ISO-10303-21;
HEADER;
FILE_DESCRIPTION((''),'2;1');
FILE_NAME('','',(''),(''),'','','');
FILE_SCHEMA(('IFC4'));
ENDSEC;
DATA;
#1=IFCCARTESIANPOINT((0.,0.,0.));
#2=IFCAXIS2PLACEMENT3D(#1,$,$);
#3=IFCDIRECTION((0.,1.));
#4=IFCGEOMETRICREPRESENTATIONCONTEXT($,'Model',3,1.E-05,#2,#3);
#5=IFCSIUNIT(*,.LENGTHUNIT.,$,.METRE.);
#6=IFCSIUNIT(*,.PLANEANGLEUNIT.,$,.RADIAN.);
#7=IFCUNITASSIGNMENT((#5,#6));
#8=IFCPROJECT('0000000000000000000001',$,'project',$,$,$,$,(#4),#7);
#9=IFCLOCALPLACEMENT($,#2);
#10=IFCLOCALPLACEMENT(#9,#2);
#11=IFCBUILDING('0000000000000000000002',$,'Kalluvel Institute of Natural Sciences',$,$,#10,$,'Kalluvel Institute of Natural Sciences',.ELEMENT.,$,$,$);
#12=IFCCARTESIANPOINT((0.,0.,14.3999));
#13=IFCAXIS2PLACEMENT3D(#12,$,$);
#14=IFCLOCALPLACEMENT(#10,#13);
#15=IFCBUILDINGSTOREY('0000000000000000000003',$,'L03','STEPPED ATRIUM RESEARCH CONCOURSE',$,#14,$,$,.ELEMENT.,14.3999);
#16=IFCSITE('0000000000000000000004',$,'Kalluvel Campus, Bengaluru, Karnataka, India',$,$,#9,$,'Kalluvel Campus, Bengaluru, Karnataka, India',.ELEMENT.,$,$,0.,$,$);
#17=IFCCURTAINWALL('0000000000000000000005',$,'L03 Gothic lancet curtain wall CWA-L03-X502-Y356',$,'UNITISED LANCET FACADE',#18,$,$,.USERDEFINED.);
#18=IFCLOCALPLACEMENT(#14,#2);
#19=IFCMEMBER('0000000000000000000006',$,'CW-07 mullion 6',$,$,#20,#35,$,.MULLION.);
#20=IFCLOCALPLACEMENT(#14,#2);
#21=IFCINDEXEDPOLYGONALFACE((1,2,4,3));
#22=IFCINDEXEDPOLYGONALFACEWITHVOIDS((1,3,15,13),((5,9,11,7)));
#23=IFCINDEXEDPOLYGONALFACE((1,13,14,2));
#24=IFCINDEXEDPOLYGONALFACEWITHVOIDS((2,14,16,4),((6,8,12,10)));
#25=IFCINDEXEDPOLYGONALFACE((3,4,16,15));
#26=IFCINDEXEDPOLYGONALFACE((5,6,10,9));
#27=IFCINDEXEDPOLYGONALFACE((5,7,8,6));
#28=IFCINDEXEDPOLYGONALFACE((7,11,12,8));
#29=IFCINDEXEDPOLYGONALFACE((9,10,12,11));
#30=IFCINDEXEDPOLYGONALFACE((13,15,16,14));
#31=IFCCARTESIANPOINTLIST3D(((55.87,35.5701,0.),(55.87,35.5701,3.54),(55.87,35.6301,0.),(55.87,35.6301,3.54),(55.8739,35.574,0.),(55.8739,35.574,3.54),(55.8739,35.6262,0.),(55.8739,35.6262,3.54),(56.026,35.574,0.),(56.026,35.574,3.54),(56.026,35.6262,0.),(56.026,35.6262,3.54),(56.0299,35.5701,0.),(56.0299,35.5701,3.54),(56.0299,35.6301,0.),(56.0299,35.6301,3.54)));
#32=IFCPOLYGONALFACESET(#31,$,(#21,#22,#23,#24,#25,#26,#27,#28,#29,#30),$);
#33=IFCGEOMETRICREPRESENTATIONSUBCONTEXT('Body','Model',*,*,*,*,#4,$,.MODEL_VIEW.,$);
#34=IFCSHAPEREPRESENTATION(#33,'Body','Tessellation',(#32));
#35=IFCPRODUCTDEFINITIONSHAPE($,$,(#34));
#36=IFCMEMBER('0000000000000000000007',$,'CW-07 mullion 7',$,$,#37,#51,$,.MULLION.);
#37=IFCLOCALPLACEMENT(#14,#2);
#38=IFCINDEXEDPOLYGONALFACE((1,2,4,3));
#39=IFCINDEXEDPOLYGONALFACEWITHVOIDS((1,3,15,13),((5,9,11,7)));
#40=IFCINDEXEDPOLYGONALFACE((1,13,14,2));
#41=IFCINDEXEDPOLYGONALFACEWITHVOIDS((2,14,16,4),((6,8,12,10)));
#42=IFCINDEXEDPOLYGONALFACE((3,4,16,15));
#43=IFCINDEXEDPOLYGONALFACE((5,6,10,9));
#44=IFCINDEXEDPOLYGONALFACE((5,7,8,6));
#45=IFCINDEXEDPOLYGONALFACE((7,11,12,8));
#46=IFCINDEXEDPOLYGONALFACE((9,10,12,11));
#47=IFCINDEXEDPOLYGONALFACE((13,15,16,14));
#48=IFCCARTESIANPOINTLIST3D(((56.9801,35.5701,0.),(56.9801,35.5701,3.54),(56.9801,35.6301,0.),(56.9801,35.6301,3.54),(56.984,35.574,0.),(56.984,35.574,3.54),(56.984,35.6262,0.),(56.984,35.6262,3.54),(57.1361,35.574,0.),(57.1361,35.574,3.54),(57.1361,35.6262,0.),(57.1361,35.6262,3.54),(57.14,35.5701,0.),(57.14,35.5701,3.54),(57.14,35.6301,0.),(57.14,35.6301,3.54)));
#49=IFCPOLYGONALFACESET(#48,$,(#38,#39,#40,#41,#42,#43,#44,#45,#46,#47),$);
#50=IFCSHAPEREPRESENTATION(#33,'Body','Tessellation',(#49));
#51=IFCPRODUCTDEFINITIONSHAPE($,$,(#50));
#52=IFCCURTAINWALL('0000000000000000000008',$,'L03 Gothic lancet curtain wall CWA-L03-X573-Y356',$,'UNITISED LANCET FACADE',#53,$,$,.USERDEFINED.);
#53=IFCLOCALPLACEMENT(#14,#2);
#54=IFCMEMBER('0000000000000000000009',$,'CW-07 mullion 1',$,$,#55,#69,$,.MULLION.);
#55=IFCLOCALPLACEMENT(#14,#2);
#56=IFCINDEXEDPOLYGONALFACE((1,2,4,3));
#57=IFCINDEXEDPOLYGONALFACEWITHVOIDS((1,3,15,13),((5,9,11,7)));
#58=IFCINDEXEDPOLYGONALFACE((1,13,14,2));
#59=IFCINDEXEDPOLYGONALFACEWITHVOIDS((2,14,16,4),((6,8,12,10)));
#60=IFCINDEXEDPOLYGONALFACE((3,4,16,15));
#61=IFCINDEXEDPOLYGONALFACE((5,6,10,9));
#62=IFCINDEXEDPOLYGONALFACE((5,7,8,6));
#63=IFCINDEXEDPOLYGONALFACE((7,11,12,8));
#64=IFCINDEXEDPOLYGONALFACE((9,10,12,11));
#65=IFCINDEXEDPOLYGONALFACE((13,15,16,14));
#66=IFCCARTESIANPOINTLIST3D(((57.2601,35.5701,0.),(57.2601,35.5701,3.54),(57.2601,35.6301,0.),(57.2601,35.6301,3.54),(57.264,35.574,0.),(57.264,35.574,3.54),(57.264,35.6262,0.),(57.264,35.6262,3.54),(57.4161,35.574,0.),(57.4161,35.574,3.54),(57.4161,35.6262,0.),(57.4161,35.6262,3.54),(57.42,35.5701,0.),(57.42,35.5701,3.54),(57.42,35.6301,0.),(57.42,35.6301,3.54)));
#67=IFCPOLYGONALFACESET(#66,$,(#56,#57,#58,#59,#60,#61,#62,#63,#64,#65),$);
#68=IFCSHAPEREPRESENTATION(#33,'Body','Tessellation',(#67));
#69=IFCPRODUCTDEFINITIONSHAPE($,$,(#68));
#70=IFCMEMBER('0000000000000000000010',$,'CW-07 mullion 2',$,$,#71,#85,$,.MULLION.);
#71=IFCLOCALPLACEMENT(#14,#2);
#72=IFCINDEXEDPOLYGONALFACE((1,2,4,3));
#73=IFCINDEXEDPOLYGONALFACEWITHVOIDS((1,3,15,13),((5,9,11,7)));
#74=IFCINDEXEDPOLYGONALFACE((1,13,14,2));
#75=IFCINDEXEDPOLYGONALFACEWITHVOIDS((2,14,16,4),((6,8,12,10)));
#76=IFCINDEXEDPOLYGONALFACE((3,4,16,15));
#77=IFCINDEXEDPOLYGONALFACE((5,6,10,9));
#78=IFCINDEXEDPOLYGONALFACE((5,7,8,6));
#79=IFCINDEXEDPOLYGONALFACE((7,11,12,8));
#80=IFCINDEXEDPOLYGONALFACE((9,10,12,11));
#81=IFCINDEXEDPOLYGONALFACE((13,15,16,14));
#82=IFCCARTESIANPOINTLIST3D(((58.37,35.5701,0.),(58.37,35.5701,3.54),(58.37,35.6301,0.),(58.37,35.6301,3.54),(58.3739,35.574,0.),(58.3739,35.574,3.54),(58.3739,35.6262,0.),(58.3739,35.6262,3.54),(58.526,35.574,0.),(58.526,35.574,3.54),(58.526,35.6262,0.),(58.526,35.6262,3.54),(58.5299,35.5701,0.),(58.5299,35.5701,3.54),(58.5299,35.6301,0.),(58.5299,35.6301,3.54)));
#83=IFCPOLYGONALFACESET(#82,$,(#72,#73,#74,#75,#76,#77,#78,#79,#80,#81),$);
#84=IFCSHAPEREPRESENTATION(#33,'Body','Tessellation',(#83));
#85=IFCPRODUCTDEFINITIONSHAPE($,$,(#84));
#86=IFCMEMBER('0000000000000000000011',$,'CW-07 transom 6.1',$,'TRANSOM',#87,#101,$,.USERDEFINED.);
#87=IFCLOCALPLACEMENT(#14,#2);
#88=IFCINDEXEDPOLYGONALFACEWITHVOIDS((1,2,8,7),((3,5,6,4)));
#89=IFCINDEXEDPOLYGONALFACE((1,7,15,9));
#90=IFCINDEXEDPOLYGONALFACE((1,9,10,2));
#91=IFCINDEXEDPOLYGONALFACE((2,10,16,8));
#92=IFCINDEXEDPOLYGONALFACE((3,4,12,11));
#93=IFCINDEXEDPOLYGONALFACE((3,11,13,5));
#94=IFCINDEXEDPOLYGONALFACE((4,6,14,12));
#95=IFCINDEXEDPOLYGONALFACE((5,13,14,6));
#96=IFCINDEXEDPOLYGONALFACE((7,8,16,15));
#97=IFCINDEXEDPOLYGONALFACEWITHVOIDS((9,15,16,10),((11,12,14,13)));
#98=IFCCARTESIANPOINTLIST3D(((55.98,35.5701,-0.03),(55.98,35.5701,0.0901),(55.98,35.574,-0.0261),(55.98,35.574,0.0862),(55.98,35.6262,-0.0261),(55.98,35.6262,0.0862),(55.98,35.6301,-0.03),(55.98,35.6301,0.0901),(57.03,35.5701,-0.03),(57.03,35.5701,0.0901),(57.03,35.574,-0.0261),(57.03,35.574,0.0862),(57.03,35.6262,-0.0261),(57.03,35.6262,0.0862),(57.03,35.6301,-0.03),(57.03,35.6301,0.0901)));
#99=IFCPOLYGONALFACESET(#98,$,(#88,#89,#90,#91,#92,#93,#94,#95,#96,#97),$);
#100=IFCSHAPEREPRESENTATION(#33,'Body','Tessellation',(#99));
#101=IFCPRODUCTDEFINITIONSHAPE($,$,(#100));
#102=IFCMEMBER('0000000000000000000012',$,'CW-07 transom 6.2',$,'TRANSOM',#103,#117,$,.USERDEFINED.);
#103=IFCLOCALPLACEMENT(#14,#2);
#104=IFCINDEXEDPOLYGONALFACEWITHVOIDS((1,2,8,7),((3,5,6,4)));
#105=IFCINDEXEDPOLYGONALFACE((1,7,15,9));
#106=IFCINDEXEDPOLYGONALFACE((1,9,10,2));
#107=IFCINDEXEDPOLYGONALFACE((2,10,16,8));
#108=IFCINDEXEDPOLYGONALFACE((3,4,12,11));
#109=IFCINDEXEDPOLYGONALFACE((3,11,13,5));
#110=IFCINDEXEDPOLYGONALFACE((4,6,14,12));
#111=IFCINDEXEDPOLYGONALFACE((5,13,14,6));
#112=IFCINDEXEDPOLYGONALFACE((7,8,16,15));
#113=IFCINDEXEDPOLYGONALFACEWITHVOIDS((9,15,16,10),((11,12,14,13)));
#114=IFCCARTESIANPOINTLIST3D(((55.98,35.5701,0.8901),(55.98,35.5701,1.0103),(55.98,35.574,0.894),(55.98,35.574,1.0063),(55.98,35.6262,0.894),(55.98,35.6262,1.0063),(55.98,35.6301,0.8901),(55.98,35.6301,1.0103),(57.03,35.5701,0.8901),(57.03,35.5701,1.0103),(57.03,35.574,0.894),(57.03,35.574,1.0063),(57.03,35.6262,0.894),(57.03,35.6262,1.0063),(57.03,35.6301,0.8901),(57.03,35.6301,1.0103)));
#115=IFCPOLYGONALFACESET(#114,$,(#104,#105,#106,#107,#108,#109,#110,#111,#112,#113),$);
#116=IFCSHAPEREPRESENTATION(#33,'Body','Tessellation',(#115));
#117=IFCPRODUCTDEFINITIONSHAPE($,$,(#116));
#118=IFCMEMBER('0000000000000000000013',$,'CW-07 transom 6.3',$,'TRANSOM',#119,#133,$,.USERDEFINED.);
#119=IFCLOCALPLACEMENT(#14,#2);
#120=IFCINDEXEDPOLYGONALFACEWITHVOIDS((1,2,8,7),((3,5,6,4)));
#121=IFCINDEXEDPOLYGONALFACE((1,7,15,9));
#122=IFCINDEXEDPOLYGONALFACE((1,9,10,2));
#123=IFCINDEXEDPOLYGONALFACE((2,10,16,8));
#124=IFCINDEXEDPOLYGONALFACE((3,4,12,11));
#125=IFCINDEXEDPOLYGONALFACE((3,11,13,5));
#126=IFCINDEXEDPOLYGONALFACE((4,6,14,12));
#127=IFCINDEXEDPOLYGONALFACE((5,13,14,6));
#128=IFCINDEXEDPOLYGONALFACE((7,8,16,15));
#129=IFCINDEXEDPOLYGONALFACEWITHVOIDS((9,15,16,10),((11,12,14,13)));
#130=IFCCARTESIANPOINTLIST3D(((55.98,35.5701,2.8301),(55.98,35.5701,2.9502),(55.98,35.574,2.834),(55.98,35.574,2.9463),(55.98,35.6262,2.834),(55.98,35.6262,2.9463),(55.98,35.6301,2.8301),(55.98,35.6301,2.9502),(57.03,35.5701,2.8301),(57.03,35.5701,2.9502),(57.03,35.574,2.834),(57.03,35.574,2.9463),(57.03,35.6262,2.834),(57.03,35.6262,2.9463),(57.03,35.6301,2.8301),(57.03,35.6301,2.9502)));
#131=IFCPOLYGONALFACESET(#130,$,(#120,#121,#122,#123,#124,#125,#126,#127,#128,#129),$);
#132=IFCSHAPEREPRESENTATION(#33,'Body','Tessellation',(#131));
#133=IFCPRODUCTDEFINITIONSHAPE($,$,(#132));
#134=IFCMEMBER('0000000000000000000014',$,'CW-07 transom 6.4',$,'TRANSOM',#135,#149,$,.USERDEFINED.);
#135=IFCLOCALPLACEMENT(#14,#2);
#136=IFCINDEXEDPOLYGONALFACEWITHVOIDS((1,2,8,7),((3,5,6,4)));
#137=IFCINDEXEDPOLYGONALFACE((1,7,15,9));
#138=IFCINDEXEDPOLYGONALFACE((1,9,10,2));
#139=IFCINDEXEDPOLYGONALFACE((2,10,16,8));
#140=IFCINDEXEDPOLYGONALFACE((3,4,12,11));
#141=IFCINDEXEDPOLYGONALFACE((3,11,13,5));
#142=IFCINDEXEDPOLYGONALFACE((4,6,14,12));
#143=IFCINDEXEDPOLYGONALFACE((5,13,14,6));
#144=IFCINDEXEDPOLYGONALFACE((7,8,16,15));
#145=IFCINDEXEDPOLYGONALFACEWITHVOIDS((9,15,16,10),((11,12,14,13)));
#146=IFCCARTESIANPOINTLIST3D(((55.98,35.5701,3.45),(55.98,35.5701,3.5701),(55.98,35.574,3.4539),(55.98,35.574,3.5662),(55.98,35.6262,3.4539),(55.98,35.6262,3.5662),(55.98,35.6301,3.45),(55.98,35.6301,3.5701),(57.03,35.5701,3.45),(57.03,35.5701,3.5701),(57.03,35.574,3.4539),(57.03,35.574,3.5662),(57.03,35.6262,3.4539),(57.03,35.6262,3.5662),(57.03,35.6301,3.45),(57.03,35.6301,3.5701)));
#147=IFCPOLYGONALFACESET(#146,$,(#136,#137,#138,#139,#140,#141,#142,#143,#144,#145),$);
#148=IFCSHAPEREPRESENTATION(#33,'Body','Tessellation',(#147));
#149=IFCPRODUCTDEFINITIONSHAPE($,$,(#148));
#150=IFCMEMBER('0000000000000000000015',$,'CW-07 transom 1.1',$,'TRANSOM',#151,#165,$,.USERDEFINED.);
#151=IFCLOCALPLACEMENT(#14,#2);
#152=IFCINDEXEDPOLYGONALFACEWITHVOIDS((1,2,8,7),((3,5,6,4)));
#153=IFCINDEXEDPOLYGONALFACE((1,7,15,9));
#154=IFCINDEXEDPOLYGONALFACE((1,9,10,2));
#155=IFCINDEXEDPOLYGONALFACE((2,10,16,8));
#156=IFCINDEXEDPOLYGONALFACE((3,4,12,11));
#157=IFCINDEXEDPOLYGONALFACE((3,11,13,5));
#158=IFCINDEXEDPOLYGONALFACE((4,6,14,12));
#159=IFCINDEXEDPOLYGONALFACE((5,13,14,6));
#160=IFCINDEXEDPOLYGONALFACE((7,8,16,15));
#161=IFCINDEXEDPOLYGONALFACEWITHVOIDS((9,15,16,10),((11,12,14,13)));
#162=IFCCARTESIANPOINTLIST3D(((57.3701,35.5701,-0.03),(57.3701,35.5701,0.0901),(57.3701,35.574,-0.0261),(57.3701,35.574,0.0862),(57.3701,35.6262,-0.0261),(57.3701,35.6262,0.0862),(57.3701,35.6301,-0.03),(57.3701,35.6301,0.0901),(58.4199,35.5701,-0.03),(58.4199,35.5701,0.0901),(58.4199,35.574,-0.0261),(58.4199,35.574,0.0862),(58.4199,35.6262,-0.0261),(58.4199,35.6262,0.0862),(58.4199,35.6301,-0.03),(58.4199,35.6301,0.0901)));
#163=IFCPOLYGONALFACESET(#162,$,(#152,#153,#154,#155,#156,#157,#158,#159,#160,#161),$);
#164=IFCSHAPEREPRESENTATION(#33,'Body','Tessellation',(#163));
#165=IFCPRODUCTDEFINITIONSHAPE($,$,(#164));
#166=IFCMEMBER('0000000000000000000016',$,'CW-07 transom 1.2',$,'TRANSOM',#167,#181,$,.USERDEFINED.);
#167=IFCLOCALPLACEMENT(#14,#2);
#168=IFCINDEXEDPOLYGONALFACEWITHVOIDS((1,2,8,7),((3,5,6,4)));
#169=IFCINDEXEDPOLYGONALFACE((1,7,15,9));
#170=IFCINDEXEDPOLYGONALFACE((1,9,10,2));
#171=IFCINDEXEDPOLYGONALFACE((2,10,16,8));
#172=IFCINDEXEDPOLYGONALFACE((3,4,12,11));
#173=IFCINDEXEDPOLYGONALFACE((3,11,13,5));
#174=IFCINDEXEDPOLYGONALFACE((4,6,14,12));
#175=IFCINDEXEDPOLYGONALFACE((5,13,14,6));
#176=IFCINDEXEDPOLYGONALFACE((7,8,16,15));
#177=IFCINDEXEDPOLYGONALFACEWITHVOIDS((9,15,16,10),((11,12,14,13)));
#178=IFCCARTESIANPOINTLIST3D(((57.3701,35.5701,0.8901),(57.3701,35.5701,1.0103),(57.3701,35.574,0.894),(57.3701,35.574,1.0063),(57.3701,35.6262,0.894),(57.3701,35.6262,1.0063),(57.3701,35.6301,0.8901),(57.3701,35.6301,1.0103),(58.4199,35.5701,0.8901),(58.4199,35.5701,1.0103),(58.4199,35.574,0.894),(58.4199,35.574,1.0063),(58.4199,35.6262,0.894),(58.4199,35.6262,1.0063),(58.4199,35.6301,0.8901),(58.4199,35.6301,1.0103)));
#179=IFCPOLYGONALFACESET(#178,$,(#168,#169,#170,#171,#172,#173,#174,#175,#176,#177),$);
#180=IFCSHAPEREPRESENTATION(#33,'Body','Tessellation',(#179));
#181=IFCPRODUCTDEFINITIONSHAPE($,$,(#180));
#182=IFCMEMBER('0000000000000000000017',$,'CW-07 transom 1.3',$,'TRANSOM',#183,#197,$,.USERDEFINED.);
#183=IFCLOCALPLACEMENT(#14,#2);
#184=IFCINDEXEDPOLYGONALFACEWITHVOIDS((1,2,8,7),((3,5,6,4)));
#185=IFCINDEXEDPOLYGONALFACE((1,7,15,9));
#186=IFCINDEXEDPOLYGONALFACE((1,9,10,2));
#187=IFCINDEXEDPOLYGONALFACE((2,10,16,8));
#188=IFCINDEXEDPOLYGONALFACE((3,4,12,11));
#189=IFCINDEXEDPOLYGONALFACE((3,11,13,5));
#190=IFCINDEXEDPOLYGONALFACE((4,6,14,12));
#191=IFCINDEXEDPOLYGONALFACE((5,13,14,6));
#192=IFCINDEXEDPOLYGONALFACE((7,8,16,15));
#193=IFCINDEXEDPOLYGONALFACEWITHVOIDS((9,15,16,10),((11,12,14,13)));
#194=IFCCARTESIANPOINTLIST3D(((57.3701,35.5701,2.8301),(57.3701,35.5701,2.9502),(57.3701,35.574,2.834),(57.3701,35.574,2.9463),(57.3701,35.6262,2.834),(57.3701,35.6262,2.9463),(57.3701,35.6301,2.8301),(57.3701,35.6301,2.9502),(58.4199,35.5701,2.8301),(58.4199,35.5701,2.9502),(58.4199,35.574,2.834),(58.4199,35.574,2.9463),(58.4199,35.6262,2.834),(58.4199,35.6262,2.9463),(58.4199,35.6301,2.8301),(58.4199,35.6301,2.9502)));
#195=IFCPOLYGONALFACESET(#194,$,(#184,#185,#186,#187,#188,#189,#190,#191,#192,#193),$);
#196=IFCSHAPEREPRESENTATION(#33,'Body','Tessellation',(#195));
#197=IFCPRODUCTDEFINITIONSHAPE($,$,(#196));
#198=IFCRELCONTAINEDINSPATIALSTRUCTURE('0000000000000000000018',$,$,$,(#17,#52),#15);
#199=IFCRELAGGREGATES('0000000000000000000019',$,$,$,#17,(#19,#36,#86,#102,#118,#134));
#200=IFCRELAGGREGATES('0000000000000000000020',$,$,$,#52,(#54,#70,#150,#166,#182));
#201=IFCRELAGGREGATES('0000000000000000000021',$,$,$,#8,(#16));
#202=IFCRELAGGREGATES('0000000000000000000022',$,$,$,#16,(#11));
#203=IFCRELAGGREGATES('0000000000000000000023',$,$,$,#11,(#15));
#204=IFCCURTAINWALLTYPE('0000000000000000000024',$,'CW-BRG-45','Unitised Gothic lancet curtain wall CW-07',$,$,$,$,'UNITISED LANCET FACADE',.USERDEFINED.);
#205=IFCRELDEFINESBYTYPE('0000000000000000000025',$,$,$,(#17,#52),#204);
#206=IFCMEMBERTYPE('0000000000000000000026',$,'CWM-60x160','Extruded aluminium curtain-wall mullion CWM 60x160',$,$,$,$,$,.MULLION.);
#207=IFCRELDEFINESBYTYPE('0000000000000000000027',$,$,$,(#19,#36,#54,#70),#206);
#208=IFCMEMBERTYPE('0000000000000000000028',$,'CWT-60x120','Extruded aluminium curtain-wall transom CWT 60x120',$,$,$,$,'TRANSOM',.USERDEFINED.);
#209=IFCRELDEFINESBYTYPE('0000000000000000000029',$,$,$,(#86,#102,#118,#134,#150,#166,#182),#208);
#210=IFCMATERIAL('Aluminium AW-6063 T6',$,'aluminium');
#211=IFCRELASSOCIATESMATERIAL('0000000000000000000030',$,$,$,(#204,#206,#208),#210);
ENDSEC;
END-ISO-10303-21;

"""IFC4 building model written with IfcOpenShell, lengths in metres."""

from ifc_helpers import new_model, si_unit, direction, frame, origin, origin_2d, place, context, subcontext, project, spatial, hollow_rectangle, extrude, material, material_profile, profile_set, type_object, element, aggregate, save


model = new_model("IFC4")

# Units and contexts
model_context = context("Model", 3, precision=1e-05, world=origin(), true_north=direction((0.0, 1.0)))
body_context = subcontext(model_context, "Body", "Model", "MODEL_VIEW")
ifc_project = project(units=[si_unit("LENGTHUNIT", "METRE"), si_unit("PLANEANGLEUNIT", "RADIAN")], contexts=[model_context])

# Site, building, storey
site_placement = place(None, origin())
site = spatial("IfcSite", under=ifc_project, at=site_placement, Name="Kalluvel Campus, Bengaluru, Karnataka, India", LongName="Kalluvel Campus, Bengaluru, Karnataka, India", CompositionType="ELEMENT", RefElevation=0.0)
building_placement = place(site_placement, origin())
building = spatial("IfcBuilding", under=site, at=building_placement, Name="Kalluvel Institute of Natural Sciences", LongName="Kalluvel Institute of Natural Sciences", CompositionType="ELEMENT")
storey_placement = place(building_placement, frame((0.0, 0.0, 14.3999)))
storey = spatial("IfcBuildingStorey", under=building, at=storey_placement, Name="L03", Description="STEPPED ATRIUM RESEARCH CONCOURSE", CompositionType="ELEMENT", Elevation=14.3999)

# Curtain walls, members
ifc_material_1 = material(Name="Aluminium AW-6063 T6", Category="aluminium")
curtain_wall_type = type_object("IfcCurtainWallType", Name="CW-BRG-45", Description="Unitised Gothic lancet curtain wall CW-07", ElementType="UNITISED LANCET FACADE", PredefinedType="USERDEFINED", material=ifc_material_1)
curtain_wall_1_placement = place(storey_placement, origin())
curtain_wall_1 = element("IfcCurtainWall", 1, at=curtain_wall_1_placement, inside=storey, type_object=curtain_wall_type, Name="L03 Gothic lancet curtain wall CWA-L03-X502-Y356", ObjectType="UNITISED LANCET FACADE", PredefinedType="USERDEFINED")
ifc_material_profile_1 = material_profile(ifc_material_1, hollow_rectangle(XDim=0.0601, YDim=0.1599, WallThickness=0.0039, at=origin_2d()), Name="CWM 60x160")
ifc_profile_set_1 = profile_set([ifc_material_profile_1], Name="Aluminium AW-6063 T6")
member_type_1 = type_object("IfcMemberType", Name="CWM-60x160", Description="Extruded aluminium curtain-wall mullion CWM 60x160", PredefinedType="MULLION", material=ifc_profile_set_1)
member_1_placement = place(storey_placement, frame((55.95, 35.6001, 0.0), z_axis=(0.0, 0.0, 1.0), x_axis=(0.0, 1.0, 0.0)))
member_1 = element("IfcMember", 2, at=member_1_placement, type_object=member_type_1, Name="CW-07 mullion 6", PredefinedType="MULLION", context=body_context, shape_type="SweptSolid", body=[
    extrude(hollow_rectangle(XDim=0.0601, YDim=0.1599, WallThickness=0.0039, at=origin_2d()), origin(), (0.0, 0.0, 1.0), 3.54),
])
member_2_placement = place(storey_placement, frame((57.0601, 35.6001, 0.0), z_axis=(0.0, 0.0, 1.0), x_axis=(0.0, 1.0, 0.0)))
member_2 = element("IfcMember", 3, at=member_2_placement, type_object=member_type_1, Name="CW-07 mullion 7", PredefinedType="MULLION", context=body_context, shape_type="SweptSolid", body=[
    extrude(hollow_rectangle(XDim=0.0601, YDim=0.1599, WallThickness=0.0039, at=origin_2d()), origin(), (0.0, 0.0, 1.0), 3.54),
])
curtain_wall_2_placement = place(storey_placement, origin())
curtain_wall_2 = element("IfcCurtainWall", 4, at=curtain_wall_2_placement, inside=storey, type_object=curtain_wall_type, Name="L03 Gothic lancet curtain wall CWA-L03-X573-Y356", ObjectType="UNITISED LANCET FACADE", PredefinedType="USERDEFINED")
member_3_placement = place(storey_placement, frame((57.3401, 35.6001, 0.0), z_axis=(0.0, 0.0, 1.0), x_axis=(0.0, 1.0, 0.0)))
member_3 = element("IfcMember", 5, at=member_3_placement, type_object=member_type_1, Name="CW-07 mullion 1", PredefinedType="MULLION", context=body_context, shape_type="SweptSolid", body=[
    extrude(hollow_rectangle(XDim=0.0601, YDim=0.1599, WallThickness=0.0039, at=origin_2d()), origin(), (0.0, 0.0, 1.0), 3.54),
])
member_4_placement = place(storey_placement, frame((58.45, 35.6001, 0.0), z_axis=(0.0, 0.0, 1.0), x_axis=(0.0, 1.0, 0.0)))
member_4 = element("IfcMember", 6, at=member_4_placement, type_object=member_type_1, Name="CW-07 mullion 2", PredefinedType="MULLION", context=body_context, shape_type="SweptSolid", body=[
    extrude(hollow_rectangle(XDim=0.0601, YDim=0.1599, WallThickness=0.0039, at=origin_2d()), origin(), (0.0, 0.0, 1.0), 3.54),
])

# Members
ifc_material_profile_2 = material_profile(ifc_material_1, hollow_rectangle(XDim=0.0601, YDim=0.1201, WallThickness=0.0039, at=origin_2d()), Name="CWT 60x120")
ifc_profile_set_2 = profile_set([ifc_material_profile_2], Name="Aluminium AW-6063 T6")
member_type_2 = type_object("IfcMemberType", Name="CWT-60x120", Description="Extruded aluminium curtain-wall transom CWT 60x120", ElementType="TRANSOM", PredefinedType="USERDEFINED", material=ifc_profile_set_2)
member_5_placement = place(storey_placement, frame((55.98, 35.6001, 0.03), z_axis=(1.0, 0.0, 0.0), x_axis=(0.0, 1.0, 0.0)))
member_5 = element("IfcMember", 7, at=member_5_placement, type_object=member_type_2, Name="CW-07 transom 6.1", ObjectType="TRANSOM", PredefinedType="USERDEFINED", context=body_context, shape_type="SweptSolid", body=[
    extrude(hollow_rectangle(XDim=0.0601, YDim=0.1201, WallThickness=0.0039, at=origin_2d()), origin(), (0.0, 0.0, 1.0), 1.05),
])
member_6_placement = place(storey_placement, frame((55.98, 35.6001, 0.9502), z_axis=(1.0, 0.0, 0.0), x_axis=(0.0, 1.0, 0.0)))
member_6 = element("IfcMember", 8, at=member_6_placement, type_object=member_type_2, Name="CW-07 transom 6.2", ObjectType="TRANSOM", PredefinedType="USERDEFINED", context=body_context, shape_type="SweptSolid", body=[
    extrude(hollow_rectangle(XDim=0.0601, YDim=0.1201, WallThickness=0.0039, at=origin_2d()), origin(), (0.0, 0.0, 1.0), 1.05),
])
member_7_placement = place(storey_placement, frame((55.98, 35.6001, 2.8901), z_axis=(1.0, 0.0, 0.0), x_axis=(0.0, 1.0, 0.0)))
member_7 = element("IfcMember", 9, at=member_7_placement, type_object=member_type_2, Name="CW-07 transom 6.3", ObjectType="TRANSOM", PredefinedType="USERDEFINED", context=body_context, shape_type="SweptSolid", body=[
    extrude(hollow_rectangle(XDim=0.0601, YDim=0.1201, WallThickness=0.0039, at=origin_2d()), origin(), (0.0, 0.0, 1.0), 1.05),
])
member_8_placement = place(storey_placement, frame((55.98, 35.6001, 3.51), z_axis=(1.0, 0.0, 0.0), x_axis=(0.0, 1.0, 0.0)))
member_8 = element("IfcMember", 10, at=member_8_placement, type_object=member_type_2, Name="CW-07 transom 6.4", ObjectType="TRANSOM", PredefinedType="USERDEFINED", context=body_context, shape_type="SweptSolid", body=[
    extrude(hollow_rectangle(XDim=0.0601, YDim=0.1201, WallThickness=0.0039, at=origin_2d()), origin(), (0.0, 0.0, 1.0), 1.05),
])
member_9_placement = place(storey_placement, frame((57.3701, 35.6001, 0.03), z_axis=(1.0, 0.0, 0.0), x_axis=(0.0, 1.0, 0.0)))
member_9 = element("IfcMember", 11, at=member_9_placement, type_object=member_type_2, Name="CW-07 transom 1.1", ObjectType="TRANSOM", PredefinedType="USERDEFINED", context=body_context, shape_type="SweptSolid", body=[
    extrude(hollow_rectangle(XDim=0.0601, YDim=0.1201, WallThickness=0.0039, at=origin_2d()), origin(), (0.0, 0.0, 1.0), 1.0498),
])
member_10_placement = place(storey_placement, frame((57.3701, 35.6001, 0.9502), z_axis=(1.0, 0.0, 0.0), x_axis=(0.0, 1.0, 0.0)))
member_10 = element("IfcMember", 12, at=member_10_placement, type_object=member_type_2, Name="CW-07 transom 1.2", ObjectType="TRANSOM", PredefinedType="USERDEFINED", context=body_context, shape_type="SweptSolid", body=[
    extrude(hollow_rectangle(XDim=0.0601, YDim=0.1201, WallThickness=0.0039, at=origin_2d()), origin(), (0.0, 0.0, 1.0), 1.0498),
])
member_11_placement = place(storey_placement, frame((57.3701, 35.6001, 2.8901), z_axis=(1.0, 0.0, 0.0), x_axis=(0.0, 1.0, 0.0)))
member_11 = element("IfcMember", 13, at=member_11_placement, type_object=member_type_2, Name="CW-07 transom 1.3", ObjectType="TRANSOM", PredefinedType="USERDEFINED", context=body_context, shape_type="SweptSolid", body=[
    extrude(hollow_rectangle(XDim=0.0601, YDim=0.1201, WallThickness=0.0039, at=origin_2d()), origin(), (0.0, 0.0, 1.0), 1.0498),
])

aggregate(curtain_wall_1, [member_1, member_2, member_5, member_6, member_7, member_8])
aggregate(curtain_wall_2, [member_3, member_4, member_9, member_10, member_11])

save(model, "model.ifc")
